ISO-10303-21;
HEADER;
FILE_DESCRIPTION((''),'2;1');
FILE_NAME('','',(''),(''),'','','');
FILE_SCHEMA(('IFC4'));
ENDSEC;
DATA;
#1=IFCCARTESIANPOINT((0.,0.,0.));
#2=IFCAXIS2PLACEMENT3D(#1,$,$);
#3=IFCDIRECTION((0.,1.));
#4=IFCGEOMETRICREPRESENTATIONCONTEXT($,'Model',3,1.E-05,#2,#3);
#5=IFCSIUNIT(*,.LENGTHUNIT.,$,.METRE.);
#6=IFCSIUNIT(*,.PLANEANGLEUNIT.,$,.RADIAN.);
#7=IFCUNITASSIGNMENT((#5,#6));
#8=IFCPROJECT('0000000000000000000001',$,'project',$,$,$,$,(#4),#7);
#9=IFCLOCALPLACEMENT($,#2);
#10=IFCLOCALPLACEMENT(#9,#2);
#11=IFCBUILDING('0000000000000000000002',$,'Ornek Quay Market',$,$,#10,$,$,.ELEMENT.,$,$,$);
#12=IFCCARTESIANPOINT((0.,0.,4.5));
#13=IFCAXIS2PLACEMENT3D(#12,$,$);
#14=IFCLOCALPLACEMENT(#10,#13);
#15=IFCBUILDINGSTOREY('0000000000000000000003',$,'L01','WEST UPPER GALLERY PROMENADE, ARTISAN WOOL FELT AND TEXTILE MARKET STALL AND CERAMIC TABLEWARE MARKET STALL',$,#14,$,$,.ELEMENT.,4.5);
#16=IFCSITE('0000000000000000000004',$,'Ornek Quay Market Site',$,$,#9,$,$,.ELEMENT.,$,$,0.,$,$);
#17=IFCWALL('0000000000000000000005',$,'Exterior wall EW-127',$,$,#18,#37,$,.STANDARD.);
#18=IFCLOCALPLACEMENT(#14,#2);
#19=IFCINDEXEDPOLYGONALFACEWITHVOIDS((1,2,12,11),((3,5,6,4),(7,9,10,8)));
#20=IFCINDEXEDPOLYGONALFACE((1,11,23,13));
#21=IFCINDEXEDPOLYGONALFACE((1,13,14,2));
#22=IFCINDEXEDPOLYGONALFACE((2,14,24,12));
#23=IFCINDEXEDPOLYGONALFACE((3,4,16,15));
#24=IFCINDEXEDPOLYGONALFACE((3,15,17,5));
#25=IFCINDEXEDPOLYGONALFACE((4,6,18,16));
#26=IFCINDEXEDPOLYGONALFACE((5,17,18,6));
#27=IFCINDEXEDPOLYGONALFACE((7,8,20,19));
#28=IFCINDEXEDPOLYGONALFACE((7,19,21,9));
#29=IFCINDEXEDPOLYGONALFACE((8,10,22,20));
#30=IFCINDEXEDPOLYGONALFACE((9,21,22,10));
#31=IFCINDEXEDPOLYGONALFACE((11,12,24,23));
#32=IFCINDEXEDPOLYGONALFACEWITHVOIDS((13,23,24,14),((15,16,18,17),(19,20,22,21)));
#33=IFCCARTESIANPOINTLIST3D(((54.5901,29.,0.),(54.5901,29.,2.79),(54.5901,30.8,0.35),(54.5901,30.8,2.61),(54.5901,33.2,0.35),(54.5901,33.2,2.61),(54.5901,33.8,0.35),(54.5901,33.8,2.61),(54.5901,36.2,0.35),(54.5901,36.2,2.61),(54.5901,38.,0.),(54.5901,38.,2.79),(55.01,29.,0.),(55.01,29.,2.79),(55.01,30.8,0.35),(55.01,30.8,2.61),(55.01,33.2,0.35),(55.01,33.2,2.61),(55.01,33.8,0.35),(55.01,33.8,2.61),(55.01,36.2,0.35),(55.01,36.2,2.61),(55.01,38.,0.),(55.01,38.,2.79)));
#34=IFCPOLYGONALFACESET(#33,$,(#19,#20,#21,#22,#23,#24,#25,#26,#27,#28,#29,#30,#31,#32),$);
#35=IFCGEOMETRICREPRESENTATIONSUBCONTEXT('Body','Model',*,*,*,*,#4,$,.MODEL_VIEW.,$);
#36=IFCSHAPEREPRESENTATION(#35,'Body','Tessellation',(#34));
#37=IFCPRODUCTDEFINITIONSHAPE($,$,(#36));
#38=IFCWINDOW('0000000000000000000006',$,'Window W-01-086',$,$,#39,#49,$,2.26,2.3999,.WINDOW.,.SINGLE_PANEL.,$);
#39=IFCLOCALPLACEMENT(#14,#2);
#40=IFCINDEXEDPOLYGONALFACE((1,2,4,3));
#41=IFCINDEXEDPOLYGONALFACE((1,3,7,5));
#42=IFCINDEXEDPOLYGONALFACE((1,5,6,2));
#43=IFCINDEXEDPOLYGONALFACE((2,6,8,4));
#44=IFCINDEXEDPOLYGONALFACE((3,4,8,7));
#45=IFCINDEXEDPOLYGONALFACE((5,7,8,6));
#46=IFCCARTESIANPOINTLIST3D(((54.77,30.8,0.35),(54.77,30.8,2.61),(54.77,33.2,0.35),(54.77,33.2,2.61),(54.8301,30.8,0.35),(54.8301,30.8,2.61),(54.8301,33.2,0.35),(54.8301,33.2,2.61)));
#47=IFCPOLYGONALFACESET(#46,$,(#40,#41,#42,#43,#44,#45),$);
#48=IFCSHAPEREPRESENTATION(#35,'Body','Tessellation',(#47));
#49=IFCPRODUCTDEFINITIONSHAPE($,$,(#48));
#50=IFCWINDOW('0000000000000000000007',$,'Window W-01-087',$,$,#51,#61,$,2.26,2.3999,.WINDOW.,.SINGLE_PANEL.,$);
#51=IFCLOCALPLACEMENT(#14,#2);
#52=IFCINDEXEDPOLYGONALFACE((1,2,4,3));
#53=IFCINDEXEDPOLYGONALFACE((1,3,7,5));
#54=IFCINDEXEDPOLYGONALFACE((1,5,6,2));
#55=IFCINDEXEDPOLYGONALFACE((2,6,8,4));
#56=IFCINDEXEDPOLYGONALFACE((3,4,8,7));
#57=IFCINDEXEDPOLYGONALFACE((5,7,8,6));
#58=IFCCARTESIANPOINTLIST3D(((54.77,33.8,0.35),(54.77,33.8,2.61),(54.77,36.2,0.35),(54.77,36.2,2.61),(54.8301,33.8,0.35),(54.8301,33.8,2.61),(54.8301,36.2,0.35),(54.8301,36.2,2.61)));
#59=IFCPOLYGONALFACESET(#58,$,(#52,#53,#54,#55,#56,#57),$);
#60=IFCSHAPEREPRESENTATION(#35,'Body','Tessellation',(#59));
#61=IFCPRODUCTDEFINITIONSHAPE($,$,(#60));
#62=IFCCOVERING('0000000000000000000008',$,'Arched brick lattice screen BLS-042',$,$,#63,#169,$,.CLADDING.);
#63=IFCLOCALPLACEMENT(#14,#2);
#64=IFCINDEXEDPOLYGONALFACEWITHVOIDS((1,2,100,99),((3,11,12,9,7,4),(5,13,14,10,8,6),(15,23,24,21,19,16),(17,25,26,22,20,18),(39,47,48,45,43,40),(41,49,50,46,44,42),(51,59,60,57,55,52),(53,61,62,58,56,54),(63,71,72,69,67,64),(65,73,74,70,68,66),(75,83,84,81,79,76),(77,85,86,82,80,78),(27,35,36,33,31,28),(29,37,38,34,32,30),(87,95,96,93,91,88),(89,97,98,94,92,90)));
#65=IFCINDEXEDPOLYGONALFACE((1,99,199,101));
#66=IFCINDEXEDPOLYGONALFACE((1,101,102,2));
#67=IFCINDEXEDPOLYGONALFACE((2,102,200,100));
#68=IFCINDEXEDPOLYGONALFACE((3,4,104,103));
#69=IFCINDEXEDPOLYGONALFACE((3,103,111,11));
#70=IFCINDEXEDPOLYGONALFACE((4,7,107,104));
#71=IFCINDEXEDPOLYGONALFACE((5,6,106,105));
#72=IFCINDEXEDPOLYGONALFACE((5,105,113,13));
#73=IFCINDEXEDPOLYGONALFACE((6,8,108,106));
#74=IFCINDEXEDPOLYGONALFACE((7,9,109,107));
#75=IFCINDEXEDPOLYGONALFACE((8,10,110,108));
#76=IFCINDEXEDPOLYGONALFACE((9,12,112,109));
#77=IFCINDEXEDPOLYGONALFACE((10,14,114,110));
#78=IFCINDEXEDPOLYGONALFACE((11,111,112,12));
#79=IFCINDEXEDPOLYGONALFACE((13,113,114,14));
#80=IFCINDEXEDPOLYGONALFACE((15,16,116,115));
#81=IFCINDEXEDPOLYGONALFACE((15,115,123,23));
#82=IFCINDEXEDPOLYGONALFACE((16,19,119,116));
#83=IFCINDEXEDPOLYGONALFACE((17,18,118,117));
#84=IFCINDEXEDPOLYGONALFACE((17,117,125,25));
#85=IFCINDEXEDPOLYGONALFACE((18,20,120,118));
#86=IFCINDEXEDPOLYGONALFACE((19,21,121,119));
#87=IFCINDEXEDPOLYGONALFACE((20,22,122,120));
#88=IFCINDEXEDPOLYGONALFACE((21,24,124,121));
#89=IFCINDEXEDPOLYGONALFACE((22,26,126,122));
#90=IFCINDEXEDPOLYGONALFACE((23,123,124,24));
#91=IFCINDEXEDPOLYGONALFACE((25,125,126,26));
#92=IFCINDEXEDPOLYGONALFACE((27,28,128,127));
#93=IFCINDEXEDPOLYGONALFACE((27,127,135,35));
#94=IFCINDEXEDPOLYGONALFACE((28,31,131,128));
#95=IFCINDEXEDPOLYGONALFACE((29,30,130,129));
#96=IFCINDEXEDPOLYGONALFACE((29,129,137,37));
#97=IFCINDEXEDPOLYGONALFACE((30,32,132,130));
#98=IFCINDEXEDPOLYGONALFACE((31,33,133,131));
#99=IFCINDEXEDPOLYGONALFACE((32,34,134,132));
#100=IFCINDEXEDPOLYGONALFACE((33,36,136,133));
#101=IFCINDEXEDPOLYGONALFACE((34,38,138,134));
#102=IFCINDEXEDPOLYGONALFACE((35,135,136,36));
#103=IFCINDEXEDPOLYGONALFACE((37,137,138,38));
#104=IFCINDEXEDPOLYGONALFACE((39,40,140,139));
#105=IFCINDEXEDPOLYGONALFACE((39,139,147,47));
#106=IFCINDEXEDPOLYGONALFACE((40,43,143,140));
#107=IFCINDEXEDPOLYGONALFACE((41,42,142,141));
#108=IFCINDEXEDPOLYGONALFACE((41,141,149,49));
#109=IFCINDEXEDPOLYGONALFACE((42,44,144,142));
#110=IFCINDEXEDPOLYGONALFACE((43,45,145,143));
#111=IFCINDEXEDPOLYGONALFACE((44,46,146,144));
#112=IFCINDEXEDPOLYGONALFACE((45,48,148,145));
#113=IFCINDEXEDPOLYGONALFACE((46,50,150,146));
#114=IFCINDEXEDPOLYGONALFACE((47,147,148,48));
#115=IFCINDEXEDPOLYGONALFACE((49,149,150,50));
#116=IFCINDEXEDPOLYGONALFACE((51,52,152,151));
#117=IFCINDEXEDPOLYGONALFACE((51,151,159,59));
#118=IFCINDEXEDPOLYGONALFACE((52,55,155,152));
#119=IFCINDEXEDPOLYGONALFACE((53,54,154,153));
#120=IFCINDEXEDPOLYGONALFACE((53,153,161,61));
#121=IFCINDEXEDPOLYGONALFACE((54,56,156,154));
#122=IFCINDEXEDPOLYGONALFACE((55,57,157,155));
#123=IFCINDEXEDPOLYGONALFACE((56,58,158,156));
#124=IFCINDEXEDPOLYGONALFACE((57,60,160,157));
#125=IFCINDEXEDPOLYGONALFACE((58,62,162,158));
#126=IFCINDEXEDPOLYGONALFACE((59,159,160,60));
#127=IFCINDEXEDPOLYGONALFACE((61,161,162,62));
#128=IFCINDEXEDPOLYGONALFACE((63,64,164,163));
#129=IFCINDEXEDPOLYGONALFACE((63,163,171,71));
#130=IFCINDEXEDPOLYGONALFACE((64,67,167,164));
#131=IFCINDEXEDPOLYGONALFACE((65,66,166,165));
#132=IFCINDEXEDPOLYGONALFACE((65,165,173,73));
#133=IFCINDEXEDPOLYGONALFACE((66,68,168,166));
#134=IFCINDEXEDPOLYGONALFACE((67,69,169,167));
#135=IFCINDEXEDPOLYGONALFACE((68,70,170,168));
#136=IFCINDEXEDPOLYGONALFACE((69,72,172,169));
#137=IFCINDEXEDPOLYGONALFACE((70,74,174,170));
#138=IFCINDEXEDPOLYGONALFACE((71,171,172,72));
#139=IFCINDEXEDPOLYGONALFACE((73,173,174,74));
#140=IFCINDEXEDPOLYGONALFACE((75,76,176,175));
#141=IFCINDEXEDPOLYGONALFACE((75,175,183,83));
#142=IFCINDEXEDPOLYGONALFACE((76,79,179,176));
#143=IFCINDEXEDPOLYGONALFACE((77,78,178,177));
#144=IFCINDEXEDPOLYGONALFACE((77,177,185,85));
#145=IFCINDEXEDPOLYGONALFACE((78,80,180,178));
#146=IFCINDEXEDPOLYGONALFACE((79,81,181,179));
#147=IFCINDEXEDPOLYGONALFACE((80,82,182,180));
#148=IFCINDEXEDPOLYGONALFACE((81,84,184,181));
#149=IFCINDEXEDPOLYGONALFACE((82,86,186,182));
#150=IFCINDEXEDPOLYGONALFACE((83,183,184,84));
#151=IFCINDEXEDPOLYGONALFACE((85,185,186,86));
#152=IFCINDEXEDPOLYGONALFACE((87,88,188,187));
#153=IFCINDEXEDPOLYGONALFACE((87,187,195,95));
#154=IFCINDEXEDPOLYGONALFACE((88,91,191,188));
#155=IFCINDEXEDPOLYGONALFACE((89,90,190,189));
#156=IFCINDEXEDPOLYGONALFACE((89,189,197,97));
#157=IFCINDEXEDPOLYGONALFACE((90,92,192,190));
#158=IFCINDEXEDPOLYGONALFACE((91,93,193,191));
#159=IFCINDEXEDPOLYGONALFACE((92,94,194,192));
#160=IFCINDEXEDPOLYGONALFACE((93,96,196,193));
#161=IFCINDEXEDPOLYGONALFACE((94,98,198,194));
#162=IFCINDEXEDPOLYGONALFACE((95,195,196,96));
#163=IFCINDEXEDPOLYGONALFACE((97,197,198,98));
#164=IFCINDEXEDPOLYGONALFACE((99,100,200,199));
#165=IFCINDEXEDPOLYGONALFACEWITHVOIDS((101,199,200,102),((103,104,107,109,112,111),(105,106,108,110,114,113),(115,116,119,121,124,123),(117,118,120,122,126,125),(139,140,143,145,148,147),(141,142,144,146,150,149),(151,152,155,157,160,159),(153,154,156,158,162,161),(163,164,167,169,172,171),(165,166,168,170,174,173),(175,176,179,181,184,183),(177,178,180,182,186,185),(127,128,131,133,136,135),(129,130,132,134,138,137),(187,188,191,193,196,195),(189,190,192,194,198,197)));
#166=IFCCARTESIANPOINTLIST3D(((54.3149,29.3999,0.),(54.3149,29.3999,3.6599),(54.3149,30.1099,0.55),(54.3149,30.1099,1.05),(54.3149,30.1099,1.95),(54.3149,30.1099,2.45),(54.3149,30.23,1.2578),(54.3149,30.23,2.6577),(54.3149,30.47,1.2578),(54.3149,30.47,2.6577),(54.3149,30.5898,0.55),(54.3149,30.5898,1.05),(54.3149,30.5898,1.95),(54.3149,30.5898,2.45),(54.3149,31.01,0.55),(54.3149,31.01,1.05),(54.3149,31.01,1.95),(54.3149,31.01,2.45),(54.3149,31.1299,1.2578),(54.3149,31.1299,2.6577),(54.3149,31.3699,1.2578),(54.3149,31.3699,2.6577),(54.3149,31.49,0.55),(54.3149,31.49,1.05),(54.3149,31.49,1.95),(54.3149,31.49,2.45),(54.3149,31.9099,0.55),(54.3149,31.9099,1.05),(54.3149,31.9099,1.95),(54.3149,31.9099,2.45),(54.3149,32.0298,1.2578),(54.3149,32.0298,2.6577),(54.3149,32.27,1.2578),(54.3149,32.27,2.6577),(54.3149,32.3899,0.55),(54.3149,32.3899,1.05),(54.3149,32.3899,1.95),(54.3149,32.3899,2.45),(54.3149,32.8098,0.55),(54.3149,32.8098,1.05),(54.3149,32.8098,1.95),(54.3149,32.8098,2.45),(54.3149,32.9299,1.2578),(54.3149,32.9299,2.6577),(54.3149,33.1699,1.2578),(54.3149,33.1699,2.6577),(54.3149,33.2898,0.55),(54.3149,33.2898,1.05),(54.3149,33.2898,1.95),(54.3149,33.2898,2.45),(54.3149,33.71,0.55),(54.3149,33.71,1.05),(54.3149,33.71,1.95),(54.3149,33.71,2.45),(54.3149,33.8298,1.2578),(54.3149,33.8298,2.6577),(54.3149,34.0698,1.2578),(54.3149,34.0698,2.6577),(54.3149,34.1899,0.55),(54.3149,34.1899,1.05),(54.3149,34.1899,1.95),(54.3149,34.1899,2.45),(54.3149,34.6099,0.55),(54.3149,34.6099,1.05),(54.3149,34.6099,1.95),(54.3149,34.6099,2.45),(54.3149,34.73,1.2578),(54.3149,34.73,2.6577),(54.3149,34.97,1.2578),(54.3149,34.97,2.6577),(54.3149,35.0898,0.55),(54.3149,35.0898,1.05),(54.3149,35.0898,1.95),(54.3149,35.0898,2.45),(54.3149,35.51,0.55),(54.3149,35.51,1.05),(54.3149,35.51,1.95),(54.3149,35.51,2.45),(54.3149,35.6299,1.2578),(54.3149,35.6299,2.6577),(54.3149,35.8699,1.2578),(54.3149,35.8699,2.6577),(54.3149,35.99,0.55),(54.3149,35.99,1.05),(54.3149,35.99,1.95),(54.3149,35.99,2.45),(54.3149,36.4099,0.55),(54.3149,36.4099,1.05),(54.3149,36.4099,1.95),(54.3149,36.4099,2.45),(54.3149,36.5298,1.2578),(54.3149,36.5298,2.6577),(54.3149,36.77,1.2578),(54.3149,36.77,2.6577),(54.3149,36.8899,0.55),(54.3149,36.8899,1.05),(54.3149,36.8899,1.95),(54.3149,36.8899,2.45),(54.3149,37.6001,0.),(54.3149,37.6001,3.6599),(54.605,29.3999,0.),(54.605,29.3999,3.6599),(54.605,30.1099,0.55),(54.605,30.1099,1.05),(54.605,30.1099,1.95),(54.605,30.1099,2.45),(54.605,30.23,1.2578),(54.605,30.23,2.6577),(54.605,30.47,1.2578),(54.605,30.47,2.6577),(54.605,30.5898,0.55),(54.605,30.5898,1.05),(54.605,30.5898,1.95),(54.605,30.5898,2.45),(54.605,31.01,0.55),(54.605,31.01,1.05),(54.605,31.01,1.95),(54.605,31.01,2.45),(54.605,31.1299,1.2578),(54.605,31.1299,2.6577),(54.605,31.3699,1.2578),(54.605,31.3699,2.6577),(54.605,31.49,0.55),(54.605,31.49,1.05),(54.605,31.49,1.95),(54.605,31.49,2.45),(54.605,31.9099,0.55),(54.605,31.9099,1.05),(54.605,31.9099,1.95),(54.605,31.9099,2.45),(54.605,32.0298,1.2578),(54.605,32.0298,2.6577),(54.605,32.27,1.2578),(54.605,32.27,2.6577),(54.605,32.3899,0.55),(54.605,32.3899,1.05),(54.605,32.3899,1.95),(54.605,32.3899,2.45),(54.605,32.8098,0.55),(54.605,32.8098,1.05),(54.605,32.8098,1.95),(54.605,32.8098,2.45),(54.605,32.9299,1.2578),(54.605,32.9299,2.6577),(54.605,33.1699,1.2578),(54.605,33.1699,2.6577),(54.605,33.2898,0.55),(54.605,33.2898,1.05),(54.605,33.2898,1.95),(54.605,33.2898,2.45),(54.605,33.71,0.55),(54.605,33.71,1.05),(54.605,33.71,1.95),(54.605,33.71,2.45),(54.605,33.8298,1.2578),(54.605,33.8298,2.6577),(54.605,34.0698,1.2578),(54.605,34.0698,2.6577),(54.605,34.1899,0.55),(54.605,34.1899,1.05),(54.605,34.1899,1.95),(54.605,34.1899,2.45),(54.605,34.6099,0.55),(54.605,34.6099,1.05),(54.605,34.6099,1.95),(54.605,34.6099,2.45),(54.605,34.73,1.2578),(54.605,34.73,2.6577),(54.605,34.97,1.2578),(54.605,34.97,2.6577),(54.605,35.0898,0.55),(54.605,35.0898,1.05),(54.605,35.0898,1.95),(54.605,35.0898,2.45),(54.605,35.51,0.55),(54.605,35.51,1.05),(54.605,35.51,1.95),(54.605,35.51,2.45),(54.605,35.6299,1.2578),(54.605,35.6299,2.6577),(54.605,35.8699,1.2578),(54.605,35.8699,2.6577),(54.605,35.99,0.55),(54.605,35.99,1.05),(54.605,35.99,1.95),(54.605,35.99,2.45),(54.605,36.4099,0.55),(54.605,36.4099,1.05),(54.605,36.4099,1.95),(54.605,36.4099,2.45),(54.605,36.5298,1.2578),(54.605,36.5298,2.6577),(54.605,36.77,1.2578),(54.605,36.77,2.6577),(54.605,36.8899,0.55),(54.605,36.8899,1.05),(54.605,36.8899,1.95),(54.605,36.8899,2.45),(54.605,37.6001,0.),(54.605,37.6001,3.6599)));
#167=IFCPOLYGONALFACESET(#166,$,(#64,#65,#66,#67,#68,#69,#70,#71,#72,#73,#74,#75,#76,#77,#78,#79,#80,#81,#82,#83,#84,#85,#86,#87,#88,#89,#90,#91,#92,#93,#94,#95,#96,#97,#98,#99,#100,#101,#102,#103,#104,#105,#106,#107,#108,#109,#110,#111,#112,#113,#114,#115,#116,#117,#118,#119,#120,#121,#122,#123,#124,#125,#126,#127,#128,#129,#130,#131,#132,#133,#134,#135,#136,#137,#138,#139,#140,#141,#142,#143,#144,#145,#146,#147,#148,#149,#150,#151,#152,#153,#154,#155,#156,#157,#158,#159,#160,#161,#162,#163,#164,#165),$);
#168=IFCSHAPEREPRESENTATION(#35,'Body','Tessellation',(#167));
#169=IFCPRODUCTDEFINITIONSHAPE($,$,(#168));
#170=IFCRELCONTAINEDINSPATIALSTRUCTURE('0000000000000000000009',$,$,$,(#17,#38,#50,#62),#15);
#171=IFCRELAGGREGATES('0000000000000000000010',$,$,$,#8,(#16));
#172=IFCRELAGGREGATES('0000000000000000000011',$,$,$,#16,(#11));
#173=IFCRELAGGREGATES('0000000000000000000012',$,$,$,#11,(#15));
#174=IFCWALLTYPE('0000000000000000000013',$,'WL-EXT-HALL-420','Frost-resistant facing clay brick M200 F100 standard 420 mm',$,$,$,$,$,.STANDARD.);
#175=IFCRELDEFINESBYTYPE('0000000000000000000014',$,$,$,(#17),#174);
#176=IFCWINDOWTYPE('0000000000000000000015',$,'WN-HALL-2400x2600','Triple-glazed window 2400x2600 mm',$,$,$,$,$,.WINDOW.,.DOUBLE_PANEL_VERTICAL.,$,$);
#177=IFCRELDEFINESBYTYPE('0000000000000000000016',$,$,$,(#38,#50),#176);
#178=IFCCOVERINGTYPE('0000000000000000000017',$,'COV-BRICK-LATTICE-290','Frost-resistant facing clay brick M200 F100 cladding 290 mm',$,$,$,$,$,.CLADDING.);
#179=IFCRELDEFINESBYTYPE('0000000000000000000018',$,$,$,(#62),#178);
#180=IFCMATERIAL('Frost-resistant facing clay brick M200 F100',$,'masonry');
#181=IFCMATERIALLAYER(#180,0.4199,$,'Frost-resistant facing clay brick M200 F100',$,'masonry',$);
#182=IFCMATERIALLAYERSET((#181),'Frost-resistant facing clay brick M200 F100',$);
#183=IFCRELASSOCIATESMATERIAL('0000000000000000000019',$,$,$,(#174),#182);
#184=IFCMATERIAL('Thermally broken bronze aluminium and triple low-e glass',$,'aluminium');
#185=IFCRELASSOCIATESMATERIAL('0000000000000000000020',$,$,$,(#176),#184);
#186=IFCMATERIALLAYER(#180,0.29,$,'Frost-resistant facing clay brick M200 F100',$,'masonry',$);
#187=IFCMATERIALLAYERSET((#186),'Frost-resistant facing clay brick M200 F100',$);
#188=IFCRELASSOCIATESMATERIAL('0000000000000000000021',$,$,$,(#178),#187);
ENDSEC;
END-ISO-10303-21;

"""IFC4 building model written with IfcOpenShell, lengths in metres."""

from ifc_helpers import new_model, si_unit, direction, frame, frame_2d, origin, place, context, subcontext, project, spatial, polyline, rectangle, outline, extrude, material, layer, layer_set, type_object, element, fill, save


model = new_model("IFC4")

# Units and contexts
model_context = context("Model", 3, precision=1e-05, world=origin(), true_north=direction((0.0, 1.0)))
body_context = subcontext(model_context, "Body", "Model", "MODEL_VIEW")
ifc_project = project(units=[si_unit("LENGTHUNIT", "METRE"), si_unit("PLANEANGLEUNIT", "RADIAN")], contexts=[model_context])

# Site, building, storey
site_placement = place(None, origin())
site = spatial("IfcSite", under=ifc_project, at=site_placement, Name="Ornek Quay Market Site", CompositionType="ELEMENT", RefElevation=0.0)
building_placement = place(site_placement, origin())
building = spatial("IfcBuilding", under=site, at=building_placement, Name="Ornek Quay Market", CompositionType="ELEMENT")
storey_placement = place(building_placement, frame((0.0, 0.0, 4.5)))
storey = spatial("IfcBuildingStorey", under=building, at=storey_placement, Name="L01", Description="WEST UPPER GALLERY PROMENADE, ARTISAN WOOL FELT AND TEXTILE MARKET STALL AND CERAMIC TABLEWARE MARKET STALL", CompositionType="ELEMENT", Elevation=4.5)

# Wall, openings, windows
ifc_material_1 = material(Name="Frost-resistant facing clay brick M200 F100", Category="masonry")
ifc_layer_1 = layer(ifc_material_1, 0.4199, Name="Frost-resistant facing clay brick M200 F100", Category="masonry")
ifc_layer_set_1 = layer_set([ifc_layer_1], Name="Frost-resistant facing clay brick M200 F100")
wall_type_1 = type_object("IfcWallType", Name="WL-EXT-HALL-420", Description="Frost-resistant facing clay brick M200 F100 standard 420 mm", PredefinedType="STANDARD", material=ifc_layer_set_1)
wall_1_placement = place(storey_placement, frame((54.8, 29.0, 0.0), z_axis=(0.0, 0.0, 1.0), x_axis=(0.0, 1.0, 0.0)))
wall_1 = element("IfcWall", 1, at=wall_1_placement, inside=storey, type_object=wall_type_1, Name="Exterior wall EW-127", PredefinedType="STANDARD", context=body_context, shape_type="SweptSolid", body=[
    extrude(rectangle(XDim=9.0, YDim=0.4199, at=frame_2d((4.5, 0.0))), origin(), (0.0, 0.0, 1.0), 2.79),
])
opening_1_placement = place(wall_1_placement, frame((1.8, 0.0, 0.3501)))
opening_1 = element("IfcOpeningElement", 2, at=opening_1_placement, cuts=wall_1, PredefinedType="OPENING", context=body_context, shape_type="SweptSolid", body=[
    extrude(rectangle(XDim=2.3999, YDim=2.26, at=frame_2d((1.2, 1.1299))), frame((0.0, 0.22, 0.0), z_axis=(0.0, -1.0, 0.0), x_axis=(1.0, 0.0, 0.0)), (0.0, 0.0, 1.0), 0.4399),
])
opening_2_placement = place(wall_1_placement, frame((4.8, 0.0, 0.3501)))
opening_2 = element("IfcOpeningElement", 3, at=opening_2_placement, cuts=wall_1, PredefinedType="OPENING", context=body_context, shape_type="SweptSolid", body=[
    extrude(rectangle(XDim=2.3999, YDim=2.26, at=frame_2d((1.2, 1.1299))), frame((0.0, 0.22, 0.0), z_axis=(0.0, -1.0, 0.0), x_axis=(1.0, 0.0, 0.0)), (0.0, 0.0, 1.0), 0.4399),
])
ifc_material_2 = material(Name="Thermally broken bronze aluminium and triple low-e glass", Category="aluminium")
window_type = type_object("IfcWindowType", Name="WN-HALL-2400x2600", Description="Triple-glazed window 2400x2600 mm", PartitioningType="DOUBLE_PANEL_VERTICAL", PredefinedType="WINDOW", material=ifc_material_2)
window_1_placement = place(opening_1_placement, origin())
window_1 = element("IfcWindow", 4, at=window_1_placement, inside=storey, type_object=window_type, Name="Window W-01-086", OverallHeight=2.26, OverallWidth=2.3999, PartitioningType="SINGLE_PANEL", PredefinedType="WINDOW", context=body_context, shape_type="SweptSolid", body=[
    extrude(rectangle(XDim=2.3999, YDim=2.26, at=frame_2d((1.2, 1.1299))), frame((0.0, 0.03, 0.0), z_axis=(0.0, -1.0, 0.0), x_axis=(1.0, 0.0, 0.0)), (0.0, 0.0, 1.0), 0.0601),
])
fill(opening_1, window_1)
window_2_placement = place(opening_2_placement, origin())
window_2 = element("IfcWindow", 5, at=window_2_placement, inside=storey, type_object=window_type, Name="Window W-01-087", OverallHeight=2.26, OverallWidth=2.3999, PartitioningType="SINGLE_PANEL", PredefinedType="WINDOW", context=body_context, shape_type="SweptSolid", body=[
    extrude(rectangle(XDim=2.3999, YDim=2.26, at=frame_2d((1.2, 1.1299))), frame((0.0, 0.03, 0.0), z_axis=(0.0, -1.0, 0.0), x_axis=(1.0, 0.0, 0.0)), (0.0, 0.0, 1.0), 0.0601),
])
fill(opening_2, window_2)

# Covering
ifc_layer_2 = layer(ifc_material_1, 0.29, Name="Frost-resistant facing clay brick M200 F100", Category="masonry")
ifc_layer_set_2 = layer_set([ifc_layer_2], Name="Frost-resistant facing clay brick M200 F100")
covering_type = type_object("IfcCoveringType", Name="COV-BRICK-LATTICE-290", Description="Frost-resistant facing clay brick M200 F100 cladding 290 mm", PredefinedType="CLADDING", material=ifc_layer_set_2)
covering_placement = place(storey_placement, frame((54.46, 29.3999, 0.0), z_axis=(0.0, 0.0, 1.0), x_axis=(0.0, 1.0, 0.0)))
element("IfcCovering", 6, at=covering_placement, inside=storey, type_object=covering_type, Name="Arched brick lattice screen BLS-042", PredefinedType="CLADDING", context=body_context, shape_type="SweptSolid", body=[
    extrude(outline(polyline([(0.0, 0.0), (8.2002, 0.0), (8.2002, 3.6599), (0.0, 3.6599), (0.0, 0.0)]), holes=[polyline([(0.71, 0.55), (1.1899, 0.55), (1.1899, 1.05), (1.0701, 1.2578), (0.8301, 1.2578), (0.71, 1.05), (0.71, 0.55)]), polyline([(0.71, 1.95), (1.1899, 1.95), (1.1899, 2.45), (1.0701, 2.6577), (0.8301, 2.6577), (0.71, 2.45), (0.71, 1.95)]), polyline([(1.6101, 0.55), (2.0901, 0.55), (2.0901, 1.05), (1.97, 1.2578), (1.73, 1.2578), (1.6101, 1.05), (1.6101, 0.55)]), polyline([(1.6101, 1.95), (2.0901, 1.95), (2.0901, 2.45), (1.97, 2.6577), (1.73, 2.6577), (1.6101, 2.45), (1.6101, 1.95)]), polyline([(2.51, 0.55), (2.99, 0.55), (2.99, 1.05), (2.8701, 1.2578), (2.6299, 1.2578), (2.51, 1.05), (2.51, 0.55)]), polyline([(2.51, 1.95), (2.99, 1.95), (2.99, 2.45), (2.8701, 2.6577), (2.6299, 2.6577), (2.51, 2.45), (2.51, 1.95)]), polyline([(3.4099, 0.55), (3.8899, 0.55), (3.8899, 1.05), (3.77, 1.2578), (3.53, 1.2578), (3.4099, 1.05), (3.4099, 0.55)]), polyline([(3.4099, 1.95), (3.8899, 1.95), (3.8899, 2.45), (3.77, 2.6577), (3.53, 2.6577), (3.4099, 2.45), (3.4099, 1.95)]), polyline([(4.3101, 0.55), (4.79, 0.55), (4.79, 1.05), (4.6699, 1.2578), (4.4299, 1.2578), (4.3101, 1.05), (4.3101, 0.55)]), polyline([(4.3101, 1.95), (4.79, 1.95), (4.79, 2.45), (4.6699, 2.6577), (4.4299, 2.6577), (4.3101, 2.45), (4.3101, 1.95)]), polyline([(5.21, 0.55), (5.6899, 0.55), (5.6899, 1.05), (5.5701, 1.2578), (5.3301, 1.2578), (5.21, 1.05), (5.21, 0.55)]), polyline([(5.21, 1.95), (5.6899, 1.95), (5.6899, 2.45), (5.5701, 2.6577), (5.3301, 2.6577), (5.21, 2.45), (5.21, 1.95)]), polyline([(6.1101, 0.55), (6.5901, 0.55), (6.5901, 1.05), (6.47, 1.2578), (6.23, 1.2578), (6.1101, 1.05), (6.1101, 0.55)]), polyline([(6.1101, 1.95), (6.5901, 1.95), (6.5901, 2.45), (6.47, 2.6577), (6.23, 2.6577), (6.1101, 2.45), (6.1101, 1.95)]), polyline([(7.01, 0.55), (7.49, 0.55), (7.49, 1.05), (7.3701, 1.2578), (7.1299, 1.2578), (7.01, 1.05), (7.01, 0.55)]), polyline([(7.01, 1.95), (7.49, 1.95), (7.49, 2.45), (7.3701, 2.6577), (7.1299, 2.6577), (7.01, 2.45), (7.01, 1.95)])]), frame((0.0, 0.145, 0.0), z_axis=(0.0, -1.0, 0.0), x_axis=(1.0, 0.0, 0.0)), (0.0, 0.0, 1.0), 0.29),
])

save(model, "model.ifc")
